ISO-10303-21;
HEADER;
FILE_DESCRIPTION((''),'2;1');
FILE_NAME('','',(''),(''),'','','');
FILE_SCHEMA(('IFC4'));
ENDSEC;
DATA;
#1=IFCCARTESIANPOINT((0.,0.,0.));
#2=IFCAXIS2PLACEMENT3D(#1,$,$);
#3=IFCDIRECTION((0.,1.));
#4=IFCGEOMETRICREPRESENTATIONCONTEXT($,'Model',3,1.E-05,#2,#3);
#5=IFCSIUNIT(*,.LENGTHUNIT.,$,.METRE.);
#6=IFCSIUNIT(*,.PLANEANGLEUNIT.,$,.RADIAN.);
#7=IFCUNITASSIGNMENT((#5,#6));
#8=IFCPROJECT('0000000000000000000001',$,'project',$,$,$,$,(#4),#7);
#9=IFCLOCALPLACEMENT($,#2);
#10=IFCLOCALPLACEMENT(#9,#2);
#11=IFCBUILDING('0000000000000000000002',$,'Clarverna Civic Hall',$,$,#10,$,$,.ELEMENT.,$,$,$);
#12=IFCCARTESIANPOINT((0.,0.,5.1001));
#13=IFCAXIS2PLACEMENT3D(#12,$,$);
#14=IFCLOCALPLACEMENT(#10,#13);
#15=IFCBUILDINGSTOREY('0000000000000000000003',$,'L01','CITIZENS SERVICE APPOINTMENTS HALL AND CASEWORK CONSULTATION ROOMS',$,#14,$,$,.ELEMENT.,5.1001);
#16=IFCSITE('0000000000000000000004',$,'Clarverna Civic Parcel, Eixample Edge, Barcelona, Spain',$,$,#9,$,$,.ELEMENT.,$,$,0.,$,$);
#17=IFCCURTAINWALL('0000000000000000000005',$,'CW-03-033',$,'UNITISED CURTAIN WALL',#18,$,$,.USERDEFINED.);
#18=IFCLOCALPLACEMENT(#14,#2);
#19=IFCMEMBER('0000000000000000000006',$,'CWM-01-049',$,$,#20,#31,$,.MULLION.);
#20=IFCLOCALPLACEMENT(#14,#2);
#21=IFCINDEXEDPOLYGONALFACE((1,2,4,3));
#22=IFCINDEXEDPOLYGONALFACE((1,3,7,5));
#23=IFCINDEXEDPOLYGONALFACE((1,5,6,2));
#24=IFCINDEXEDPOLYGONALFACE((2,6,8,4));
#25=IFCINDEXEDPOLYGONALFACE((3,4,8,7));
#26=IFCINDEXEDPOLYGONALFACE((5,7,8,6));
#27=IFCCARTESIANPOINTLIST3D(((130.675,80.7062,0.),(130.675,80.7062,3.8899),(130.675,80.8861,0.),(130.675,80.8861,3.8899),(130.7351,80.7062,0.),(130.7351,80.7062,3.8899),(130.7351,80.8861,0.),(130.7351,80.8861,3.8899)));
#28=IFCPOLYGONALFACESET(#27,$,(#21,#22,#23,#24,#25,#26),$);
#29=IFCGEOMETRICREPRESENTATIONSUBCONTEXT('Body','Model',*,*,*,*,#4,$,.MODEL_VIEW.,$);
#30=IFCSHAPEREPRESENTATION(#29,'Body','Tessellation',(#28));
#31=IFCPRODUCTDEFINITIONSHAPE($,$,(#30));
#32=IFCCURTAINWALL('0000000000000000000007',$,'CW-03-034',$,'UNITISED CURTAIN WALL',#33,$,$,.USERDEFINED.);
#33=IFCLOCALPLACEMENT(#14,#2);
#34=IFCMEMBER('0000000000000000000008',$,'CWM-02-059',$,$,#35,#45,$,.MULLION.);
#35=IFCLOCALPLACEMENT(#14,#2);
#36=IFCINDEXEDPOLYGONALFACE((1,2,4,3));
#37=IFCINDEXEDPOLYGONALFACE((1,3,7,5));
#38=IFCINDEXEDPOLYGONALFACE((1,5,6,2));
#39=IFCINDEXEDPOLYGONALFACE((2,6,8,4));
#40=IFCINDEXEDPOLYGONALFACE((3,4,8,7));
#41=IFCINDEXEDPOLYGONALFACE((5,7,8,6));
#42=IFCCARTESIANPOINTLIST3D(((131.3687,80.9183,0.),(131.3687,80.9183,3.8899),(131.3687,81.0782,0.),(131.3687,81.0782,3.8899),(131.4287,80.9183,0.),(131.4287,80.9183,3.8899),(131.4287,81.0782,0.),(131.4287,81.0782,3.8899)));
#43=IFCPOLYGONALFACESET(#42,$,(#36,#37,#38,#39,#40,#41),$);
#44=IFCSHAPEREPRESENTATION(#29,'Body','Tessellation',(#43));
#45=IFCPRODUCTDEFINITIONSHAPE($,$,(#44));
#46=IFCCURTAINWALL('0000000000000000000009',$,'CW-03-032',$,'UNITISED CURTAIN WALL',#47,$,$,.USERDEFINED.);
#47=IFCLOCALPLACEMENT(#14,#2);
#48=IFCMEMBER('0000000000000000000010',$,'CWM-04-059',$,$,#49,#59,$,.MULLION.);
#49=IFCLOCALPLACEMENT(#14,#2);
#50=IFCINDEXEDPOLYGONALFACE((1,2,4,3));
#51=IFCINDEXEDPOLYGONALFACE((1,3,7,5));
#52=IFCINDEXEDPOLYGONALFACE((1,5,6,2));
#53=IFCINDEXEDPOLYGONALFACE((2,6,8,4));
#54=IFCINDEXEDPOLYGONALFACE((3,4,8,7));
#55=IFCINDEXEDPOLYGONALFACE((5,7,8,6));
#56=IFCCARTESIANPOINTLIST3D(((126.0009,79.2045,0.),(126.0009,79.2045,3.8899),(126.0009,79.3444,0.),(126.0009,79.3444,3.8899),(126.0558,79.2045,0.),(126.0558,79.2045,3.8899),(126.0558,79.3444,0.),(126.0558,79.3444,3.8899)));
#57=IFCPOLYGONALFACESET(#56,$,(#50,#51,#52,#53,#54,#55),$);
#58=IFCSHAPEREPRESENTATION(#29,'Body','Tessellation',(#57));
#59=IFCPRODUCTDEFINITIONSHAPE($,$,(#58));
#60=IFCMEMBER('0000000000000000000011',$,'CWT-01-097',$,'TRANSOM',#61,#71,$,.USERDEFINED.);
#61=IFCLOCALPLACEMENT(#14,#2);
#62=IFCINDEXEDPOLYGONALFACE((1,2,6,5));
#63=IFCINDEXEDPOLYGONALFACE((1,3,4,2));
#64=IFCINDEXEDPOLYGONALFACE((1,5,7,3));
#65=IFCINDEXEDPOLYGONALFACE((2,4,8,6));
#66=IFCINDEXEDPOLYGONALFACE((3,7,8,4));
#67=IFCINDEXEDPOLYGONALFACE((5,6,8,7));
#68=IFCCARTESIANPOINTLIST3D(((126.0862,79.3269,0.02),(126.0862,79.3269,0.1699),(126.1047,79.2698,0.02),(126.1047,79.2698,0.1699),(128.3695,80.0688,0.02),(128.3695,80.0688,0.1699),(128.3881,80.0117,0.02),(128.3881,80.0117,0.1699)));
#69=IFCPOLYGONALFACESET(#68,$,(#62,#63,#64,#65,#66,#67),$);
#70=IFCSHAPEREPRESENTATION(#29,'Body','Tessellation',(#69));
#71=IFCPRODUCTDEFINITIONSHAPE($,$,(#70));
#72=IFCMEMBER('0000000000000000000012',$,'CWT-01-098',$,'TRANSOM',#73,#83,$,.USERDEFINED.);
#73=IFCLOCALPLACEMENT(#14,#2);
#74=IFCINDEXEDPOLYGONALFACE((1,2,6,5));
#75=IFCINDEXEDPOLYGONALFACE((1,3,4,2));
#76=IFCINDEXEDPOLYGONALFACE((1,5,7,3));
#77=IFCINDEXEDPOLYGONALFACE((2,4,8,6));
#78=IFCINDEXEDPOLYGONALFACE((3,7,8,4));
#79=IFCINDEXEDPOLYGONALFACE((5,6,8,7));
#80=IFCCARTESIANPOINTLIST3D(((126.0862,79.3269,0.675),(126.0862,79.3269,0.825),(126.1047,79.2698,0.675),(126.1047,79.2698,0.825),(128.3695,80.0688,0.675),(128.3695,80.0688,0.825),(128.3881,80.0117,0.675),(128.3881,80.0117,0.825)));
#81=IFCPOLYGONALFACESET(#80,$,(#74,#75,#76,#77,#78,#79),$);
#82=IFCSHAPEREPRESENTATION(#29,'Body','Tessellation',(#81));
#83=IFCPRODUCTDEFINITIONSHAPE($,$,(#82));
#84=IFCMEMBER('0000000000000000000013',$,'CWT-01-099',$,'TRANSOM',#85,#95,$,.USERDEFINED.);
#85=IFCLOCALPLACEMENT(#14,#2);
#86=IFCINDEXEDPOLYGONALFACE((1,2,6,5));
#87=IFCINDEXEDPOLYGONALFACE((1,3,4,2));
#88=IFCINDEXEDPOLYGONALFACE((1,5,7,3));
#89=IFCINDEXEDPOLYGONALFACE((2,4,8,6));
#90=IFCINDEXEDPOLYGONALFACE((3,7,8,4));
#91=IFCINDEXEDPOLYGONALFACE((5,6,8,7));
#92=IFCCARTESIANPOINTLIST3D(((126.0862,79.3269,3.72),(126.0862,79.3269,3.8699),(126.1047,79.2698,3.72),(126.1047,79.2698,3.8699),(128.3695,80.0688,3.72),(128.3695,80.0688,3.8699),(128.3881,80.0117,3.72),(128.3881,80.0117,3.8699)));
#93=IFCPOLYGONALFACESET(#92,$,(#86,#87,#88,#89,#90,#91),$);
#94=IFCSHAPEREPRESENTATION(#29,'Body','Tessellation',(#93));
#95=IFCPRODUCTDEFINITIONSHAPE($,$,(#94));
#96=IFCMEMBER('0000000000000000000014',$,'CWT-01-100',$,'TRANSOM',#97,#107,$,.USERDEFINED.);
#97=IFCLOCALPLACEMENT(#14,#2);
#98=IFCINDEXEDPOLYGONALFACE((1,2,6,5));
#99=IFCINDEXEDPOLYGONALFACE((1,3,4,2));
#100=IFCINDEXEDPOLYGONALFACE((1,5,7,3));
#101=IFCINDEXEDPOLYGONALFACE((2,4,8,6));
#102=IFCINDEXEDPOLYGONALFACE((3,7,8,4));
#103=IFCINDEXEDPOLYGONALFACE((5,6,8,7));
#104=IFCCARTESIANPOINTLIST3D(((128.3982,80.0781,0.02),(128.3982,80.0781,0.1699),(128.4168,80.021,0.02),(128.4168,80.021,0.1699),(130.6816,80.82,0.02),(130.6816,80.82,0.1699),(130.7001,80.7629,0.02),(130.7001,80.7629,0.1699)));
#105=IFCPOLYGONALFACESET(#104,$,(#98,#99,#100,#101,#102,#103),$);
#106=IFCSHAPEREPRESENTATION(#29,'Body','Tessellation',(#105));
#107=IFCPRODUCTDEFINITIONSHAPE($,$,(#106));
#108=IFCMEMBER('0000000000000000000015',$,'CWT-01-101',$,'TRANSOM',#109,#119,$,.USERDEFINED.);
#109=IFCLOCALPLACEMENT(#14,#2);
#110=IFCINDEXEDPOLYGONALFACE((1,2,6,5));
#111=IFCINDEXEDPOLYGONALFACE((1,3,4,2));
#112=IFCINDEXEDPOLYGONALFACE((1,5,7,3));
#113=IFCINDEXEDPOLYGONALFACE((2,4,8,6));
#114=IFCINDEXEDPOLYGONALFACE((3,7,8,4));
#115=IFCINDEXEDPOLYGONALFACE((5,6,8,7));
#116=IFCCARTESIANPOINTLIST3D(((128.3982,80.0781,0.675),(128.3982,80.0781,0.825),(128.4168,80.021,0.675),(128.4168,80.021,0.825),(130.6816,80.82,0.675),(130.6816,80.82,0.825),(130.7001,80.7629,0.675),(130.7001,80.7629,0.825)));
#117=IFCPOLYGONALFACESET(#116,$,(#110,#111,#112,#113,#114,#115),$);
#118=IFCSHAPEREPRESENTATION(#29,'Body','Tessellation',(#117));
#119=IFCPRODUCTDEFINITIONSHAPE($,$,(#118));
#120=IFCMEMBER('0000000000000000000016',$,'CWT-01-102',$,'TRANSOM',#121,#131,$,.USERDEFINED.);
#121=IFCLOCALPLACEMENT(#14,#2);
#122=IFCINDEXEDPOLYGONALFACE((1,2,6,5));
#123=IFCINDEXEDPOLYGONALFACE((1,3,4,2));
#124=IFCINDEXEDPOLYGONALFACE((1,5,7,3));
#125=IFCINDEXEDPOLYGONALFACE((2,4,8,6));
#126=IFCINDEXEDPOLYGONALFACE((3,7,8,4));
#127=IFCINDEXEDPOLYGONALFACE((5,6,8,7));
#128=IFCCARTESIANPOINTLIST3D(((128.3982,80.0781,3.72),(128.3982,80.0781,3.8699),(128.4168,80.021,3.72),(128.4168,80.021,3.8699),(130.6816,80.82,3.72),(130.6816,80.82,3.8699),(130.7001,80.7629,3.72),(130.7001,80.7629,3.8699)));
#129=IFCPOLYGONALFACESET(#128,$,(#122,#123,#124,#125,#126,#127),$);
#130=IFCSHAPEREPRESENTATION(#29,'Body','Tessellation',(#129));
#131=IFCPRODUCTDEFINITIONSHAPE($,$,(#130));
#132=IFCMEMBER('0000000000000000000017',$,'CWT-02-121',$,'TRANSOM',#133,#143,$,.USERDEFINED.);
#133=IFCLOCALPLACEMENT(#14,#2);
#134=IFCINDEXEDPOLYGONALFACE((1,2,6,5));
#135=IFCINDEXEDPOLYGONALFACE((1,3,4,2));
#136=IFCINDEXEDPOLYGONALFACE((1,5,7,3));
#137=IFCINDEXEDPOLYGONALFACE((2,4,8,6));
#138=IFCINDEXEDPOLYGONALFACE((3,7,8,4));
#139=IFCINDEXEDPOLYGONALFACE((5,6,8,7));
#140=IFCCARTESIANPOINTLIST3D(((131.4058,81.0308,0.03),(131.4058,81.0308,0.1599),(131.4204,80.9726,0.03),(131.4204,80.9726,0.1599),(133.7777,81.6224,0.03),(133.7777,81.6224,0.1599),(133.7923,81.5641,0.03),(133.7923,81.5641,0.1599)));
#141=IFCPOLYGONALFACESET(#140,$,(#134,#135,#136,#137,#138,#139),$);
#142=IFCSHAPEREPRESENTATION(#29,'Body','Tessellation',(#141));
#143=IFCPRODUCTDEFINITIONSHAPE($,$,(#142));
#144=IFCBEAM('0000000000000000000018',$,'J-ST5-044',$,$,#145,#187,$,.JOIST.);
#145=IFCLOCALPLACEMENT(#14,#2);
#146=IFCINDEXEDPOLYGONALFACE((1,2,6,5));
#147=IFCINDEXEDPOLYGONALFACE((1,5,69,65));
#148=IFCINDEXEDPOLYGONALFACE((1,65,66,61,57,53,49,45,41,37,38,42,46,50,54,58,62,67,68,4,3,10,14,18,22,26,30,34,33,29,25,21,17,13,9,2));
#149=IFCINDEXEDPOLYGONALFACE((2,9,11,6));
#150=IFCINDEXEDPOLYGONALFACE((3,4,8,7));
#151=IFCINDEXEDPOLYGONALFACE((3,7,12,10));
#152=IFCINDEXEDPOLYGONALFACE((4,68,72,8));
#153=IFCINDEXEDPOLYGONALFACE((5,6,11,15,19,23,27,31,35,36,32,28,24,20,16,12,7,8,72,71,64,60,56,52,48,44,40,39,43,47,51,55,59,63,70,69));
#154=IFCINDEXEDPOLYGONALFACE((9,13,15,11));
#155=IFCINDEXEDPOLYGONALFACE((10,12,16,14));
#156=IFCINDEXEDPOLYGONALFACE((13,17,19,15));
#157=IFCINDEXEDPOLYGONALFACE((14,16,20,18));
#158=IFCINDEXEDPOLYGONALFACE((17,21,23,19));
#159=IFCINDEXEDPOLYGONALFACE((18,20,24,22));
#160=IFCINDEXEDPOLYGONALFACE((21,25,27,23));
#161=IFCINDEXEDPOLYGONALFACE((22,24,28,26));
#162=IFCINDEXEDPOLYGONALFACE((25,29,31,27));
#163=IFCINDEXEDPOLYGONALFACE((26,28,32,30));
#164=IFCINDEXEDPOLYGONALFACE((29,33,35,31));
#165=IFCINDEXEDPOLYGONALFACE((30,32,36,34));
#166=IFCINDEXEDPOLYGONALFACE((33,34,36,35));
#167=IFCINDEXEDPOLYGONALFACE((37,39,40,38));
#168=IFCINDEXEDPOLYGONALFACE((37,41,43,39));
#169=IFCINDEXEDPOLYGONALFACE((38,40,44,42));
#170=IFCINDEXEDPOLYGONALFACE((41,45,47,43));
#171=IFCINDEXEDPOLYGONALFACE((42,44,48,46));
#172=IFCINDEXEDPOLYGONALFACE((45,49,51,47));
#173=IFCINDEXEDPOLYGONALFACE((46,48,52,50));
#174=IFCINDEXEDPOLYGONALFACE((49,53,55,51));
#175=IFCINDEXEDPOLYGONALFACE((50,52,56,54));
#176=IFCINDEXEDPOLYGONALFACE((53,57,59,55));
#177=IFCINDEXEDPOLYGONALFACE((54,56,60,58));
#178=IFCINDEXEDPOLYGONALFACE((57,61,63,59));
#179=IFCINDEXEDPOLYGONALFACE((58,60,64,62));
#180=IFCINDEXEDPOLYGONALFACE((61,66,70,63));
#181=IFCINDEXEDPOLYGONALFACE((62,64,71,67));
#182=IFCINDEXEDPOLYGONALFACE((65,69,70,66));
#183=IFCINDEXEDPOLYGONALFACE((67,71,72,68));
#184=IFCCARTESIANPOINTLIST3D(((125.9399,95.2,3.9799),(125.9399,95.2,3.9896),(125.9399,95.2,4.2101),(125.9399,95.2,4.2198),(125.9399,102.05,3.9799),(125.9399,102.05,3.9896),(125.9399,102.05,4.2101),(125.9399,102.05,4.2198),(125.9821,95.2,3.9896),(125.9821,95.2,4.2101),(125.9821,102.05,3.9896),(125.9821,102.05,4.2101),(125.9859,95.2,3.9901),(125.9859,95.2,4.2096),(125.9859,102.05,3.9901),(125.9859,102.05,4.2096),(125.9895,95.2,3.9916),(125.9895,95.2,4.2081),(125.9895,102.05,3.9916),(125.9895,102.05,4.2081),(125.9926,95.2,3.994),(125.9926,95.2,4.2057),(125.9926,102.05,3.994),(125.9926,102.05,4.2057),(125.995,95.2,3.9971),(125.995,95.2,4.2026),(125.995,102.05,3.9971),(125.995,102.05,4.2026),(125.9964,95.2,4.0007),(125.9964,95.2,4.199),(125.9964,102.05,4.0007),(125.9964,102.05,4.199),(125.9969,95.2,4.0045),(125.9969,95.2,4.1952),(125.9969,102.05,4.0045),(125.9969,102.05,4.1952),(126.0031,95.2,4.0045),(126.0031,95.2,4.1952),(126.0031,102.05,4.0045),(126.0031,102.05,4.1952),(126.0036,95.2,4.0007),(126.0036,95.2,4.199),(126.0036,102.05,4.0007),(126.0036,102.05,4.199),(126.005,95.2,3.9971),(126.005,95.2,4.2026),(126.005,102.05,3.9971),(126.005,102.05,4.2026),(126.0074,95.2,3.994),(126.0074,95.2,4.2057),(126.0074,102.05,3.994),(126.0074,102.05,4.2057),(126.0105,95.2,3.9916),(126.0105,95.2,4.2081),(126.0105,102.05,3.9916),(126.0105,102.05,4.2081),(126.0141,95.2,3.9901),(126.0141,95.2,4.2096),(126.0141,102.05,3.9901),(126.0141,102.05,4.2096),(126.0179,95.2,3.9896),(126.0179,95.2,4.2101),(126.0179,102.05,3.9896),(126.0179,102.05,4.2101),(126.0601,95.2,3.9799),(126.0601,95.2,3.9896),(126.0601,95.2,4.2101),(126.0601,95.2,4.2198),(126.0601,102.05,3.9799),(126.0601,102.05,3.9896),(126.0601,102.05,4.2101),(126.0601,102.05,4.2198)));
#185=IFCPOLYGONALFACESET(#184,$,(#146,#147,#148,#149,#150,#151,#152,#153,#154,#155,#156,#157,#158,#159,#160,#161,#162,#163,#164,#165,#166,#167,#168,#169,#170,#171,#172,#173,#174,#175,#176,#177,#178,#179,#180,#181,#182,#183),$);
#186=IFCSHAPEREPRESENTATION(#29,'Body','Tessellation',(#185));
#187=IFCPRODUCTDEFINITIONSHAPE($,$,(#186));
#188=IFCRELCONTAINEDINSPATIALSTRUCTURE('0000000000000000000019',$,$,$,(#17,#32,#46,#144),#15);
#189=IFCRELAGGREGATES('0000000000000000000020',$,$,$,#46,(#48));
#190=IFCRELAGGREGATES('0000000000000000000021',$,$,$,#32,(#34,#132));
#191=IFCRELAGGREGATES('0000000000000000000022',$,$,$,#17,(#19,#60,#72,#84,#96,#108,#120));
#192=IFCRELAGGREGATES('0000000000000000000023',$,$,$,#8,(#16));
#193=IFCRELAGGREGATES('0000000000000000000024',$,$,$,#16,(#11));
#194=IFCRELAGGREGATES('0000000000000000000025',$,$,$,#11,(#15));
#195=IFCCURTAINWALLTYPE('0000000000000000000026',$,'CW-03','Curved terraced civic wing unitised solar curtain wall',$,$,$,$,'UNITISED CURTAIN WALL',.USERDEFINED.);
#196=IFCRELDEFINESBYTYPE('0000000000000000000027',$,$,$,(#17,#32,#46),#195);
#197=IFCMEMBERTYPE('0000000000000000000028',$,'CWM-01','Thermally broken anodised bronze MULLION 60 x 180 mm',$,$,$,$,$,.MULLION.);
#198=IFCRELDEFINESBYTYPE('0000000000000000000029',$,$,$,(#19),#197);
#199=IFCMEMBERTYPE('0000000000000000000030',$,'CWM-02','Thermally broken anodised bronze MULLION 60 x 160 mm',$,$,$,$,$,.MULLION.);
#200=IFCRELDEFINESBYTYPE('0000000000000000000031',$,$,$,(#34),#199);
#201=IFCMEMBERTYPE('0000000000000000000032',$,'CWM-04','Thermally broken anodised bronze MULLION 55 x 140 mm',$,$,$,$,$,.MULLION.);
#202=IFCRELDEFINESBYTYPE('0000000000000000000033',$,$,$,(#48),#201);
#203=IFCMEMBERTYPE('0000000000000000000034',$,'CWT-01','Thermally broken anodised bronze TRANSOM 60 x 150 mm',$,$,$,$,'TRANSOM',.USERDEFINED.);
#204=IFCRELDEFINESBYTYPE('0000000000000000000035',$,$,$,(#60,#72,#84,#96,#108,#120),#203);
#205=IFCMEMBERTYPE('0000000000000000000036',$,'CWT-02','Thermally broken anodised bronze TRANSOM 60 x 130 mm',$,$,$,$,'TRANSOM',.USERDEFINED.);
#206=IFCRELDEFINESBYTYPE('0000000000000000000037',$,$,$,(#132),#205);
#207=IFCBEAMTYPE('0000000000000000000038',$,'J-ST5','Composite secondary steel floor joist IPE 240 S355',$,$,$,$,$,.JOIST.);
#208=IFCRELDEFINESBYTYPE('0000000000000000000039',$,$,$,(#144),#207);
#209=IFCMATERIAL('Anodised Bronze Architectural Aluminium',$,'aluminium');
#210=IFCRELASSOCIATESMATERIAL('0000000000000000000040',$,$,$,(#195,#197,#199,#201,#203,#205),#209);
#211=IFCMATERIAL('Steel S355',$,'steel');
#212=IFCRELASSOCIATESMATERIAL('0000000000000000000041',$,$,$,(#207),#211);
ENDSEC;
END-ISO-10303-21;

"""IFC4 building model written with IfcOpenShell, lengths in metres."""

from ifc_helpers import new_model, si_unit, direction, frame, origin, origin_2d, place, context, subcontext, project, spatial, rectangle, i_section, extrude, material, material_profile, profile_set, type_object, element, aggregate, save


model = new_model("IFC4")

# Units and contexts
model_context = context("Model", 3, precision=1e-05, world=origin(), true_north=direction((0.0, 1.0)))
body_context = subcontext(model_context, "Body", "Model", "MODEL_VIEW")
ifc_project = project(units=[si_unit("LENGTHUNIT", "METRE"), si_unit("PLANEANGLEUNIT", "RADIAN")], contexts=[model_context])

# Site, building, storey
site_placement = place(None, origin())
site = spatial("IfcSite", under=ifc_project, at=site_placement, Name="Clarverna Civic Parcel, Eixample Edge, Barcelona, Spain", CompositionType="ELEMENT", RefElevation=0.0)
building_placement = place(site_placement, origin())
building = spatial("IfcBuilding", under=site, at=building_placement, Name="Clarverna Civic Hall", CompositionType="ELEMENT")
storey_placement = place(building_placement, frame((0.0, 0.0, 5.1001)))
storey = spatial("IfcBuildingStorey", under=building, at=storey_placement, Name="L01", Description="CITIZENS SERVICE APPOINTMENTS HALL AND CASEWORK CONSULTATION ROOMS", CompositionType="ELEMENT", Elevation=5.1001)

# Shared definitions
ifc_material_1 = material(Name="Steel S355", Category="steel")

# Curtain wall, member
ifc_material_2 = material(Name="Anodised Bronze Architectural Aluminium", Category="aluminium")
curtain_wall_type = type_object("IfcCurtainWallType", Name="CW-03", Description="Curved terraced civic wing unitised solar curtain wall", ElementType="UNITISED CURTAIN WALL", PredefinedType="USERDEFINED", material=ifc_material_2)
curtain_wall_1_placement = place(storey_placement, origin())
curtain_wall_1 = element("IfcCurtainWall", 1, at=curtain_wall_1_placement, inside=storey, type_object=curtain_wall_type, Name="CW-03-033", ObjectType="UNITISED CURTAIN WALL", PredefinedType="USERDEFINED")
ifc_material_profile_1 = material_profile(ifc_material_2, rectangle(XDim=0.0601, YDim=0.1799, at=origin_2d()), Name="BRONZE 60x180")
ifc_profile_set_1 = profile_set([ifc_material_profile_1], Name="Anodised Bronze Architectural Aluminium")
member_type_1 = type_object("IfcMemberType", Name="CWM-01", Description="Thermally broken anodised bronze MULLION 60 x 180 mm", PredefinedType="MULLION", material=ifc_profile_set_1)
member_1_placement = place(storey_placement, frame((130.7051, 80.7961, 0.0), z_axis=(0.0, 0.0, 1.0), x_axis=(1.0, 0.0, 0.0)))
member_1 = element("IfcMember", 2, at=member_1_placement, type_object=member_type_1, Name="CWM-01-049", PredefinedType="MULLION", context=body_context, shape_type="SweptSolid", body=[
    extrude(rectangle(XDim=0.0601, YDim=0.1799, at=origin_2d()), origin(), (0.0, 0.0, 1.0), 3.8899),
])

# Curtain walls, members
curtain_wall_2_placement = place(storey_placement, origin())
curtain_wall_2 = element("IfcCurtainWall", 3, at=curtain_wall_2_placement, inside=storey, type_object=curtain_wall_type, Name="CW-03-034", ObjectType="UNITISED CURTAIN WALL", PredefinedType="USERDEFINED")
ifc_material_profile_2 = material_profile(ifc_material_2, rectangle(XDim=0.0601, YDim=0.1599, at=origin_2d()), Name="BRONZE 60x160")
ifc_profile_set_2 = profile_set([ifc_material_profile_2], Name="Anodised Bronze Architectural Aluminium")
member_type_2 = type_object("IfcMemberType", Name="CWM-02", Description="Thermally broken anodised bronze MULLION 60 x 160 mm", PredefinedType="MULLION", material=ifc_profile_set_2)
member_2_placement = place(storey_placement, frame((131.3987, 80.9983, 0.0), z_axis=(0.0, 0.0, 1.0), x_axis=(1.0, 0.0, 0.0)))
member_2 = element("IfcMember", 4, at=member_2_placement, type_object=member_type_2, Name="CWM-02-059", PredefinedType="MULLION", context=body_context, shape_type="SweptSolid", body=[
    extrude(rectangle(XDim=0.0601, YDim=0.1599, at=origin_2d()), origin(), (0.0, 0.0, 1.0), 3.8899),
])
curtain_wall_3_placement = place(storey_placement, origin())
curtain_wall_3 = element("IfcCurtainWall", 5, at=curtain_wall_3_placement, inside=storey, type_object=curtain_wall_type, Name="CW-03-032", ObjectType="UNITISED CURTAIN WALL", PredefinedType="USERDEFINED")
ifc_material_profile_3 = material_profile(ifc_material_2, rectangle(XDim=0.0549, YDim=0.1399, at=origin_2d()), Name="BRONZE 55x140")
ifc_profile_set_3 = profile_set([ifc_material_profile_3], Name="Anodised Bronze Architectural Aluminium")
member_type_3 = type_object("IfcMemberType", Name="CWM-04", Description="Thermally broken anodised bronze MULLION 55 x 140 mm", PredefinedType="MULLION", material=ifc_profile_set_3)
member_3_placement = place(storey_placement, frame((126.0283, 79.2744, 0.0), z_axis=(0.0, 0.0, 1.0), x_axis=(1.0, 0.0, 0.0)))
member_3 = element("IfcMember", 6, at=member_3_placement, type_object=member_type_3, Name="CWM-04-059", PredefinedType="MULLION", context=body_context, shape_type="SweptSolid", body=[
    extrude(rectangle(XDim=0.0549, YDim=0.1399, at=origin_2d()), origin(), (0.0, 0.0, 1.0), 3.8899),
])
aggregate(curtain_wall_3, [member_3])

# Members
ifc_material_profile_4 = material_profile(ifc_material_2, rectangle(XDim=0.0601, YDim=0.1499, at=origin_2d()), Name="BRONZE 60x150")
ifc_profile_set_4 = profile_set([ifc_material_profile_4], Name="Anodised Bronze Architectural Aluminium")
member_type_4 = type_object("IfcMemberType", Name="CWT-01", Description="Thermally broken anodised bronze TRANSOM 60 x 150 mm", ElementType="TRANSOM", PredefinedType="USERDEFINED", material=ifc_profile_set_4)
member_4_placement = place(storey_placement, frame((126.0955, 79.2983, 0.095), z_axis=(0.951056, 0.309019, 0.0), x_axis=(-0.309019, 0.951056, 0.0)))
member_4 = element("IfcMember", 7, at=member_4_placement, type_object=member_type_4, Name="CWT-01-097", ObjectType="TRANSOM", PredefinedType="USERDEFINED", context=body_context, shape_type="SweptSolid", body=[
    extrude(rectangle(XDim=0.0601, YDim=0.1499, at=origin_2d()), origin(), (0.0, 0.0, 1.0), 2.4009),
])
member_5_placement = place(storey_placement, frame((126.0955, 79.2983, 0.75), z_axis=(0.951056, 0.309019, 0.0), x_axis=(-0.309019, 0.951056, 0.0)))
member_5 = element("IfcMember", 8, at=member_5_placement, type_object=member_type_4, Name="CWT-01-098", ObjectType="TRANSOM", PredefinedType="USERDEFINED", context=body_context, shape_type="SweptSolid", body=[
    extrude(rectangle(XDim=0.0601, YDim=0.1499, at=origin_2d()), origin(), (0.0, 0.0, 1.0), 2.4009),
])
member_6_placement = place(storey_placement, frame((126.0955, 79.2983, 3.7949), z_axis=(0.951056, 0.309019, 0.0), x_axis=(-0.309019, 0.951056, 0.0)))
member_6 = element("IfcMember", 9, at=member_6_placement, type_object=member_type_4, Name="CWT-01-099", ObjectType="TRANSOM", PredefinedType="USERDEFINED", context=body_context, shape_type="SweptSolid", body=[
    extrude(rectangle(XDim=0.0601, YDim=0.1499, at=origin_2d()), origin(), (0.0, 0.0, 1.0), 2.4009),
])
member_7_placement = place(storey_placement, frame((128.4075, 80.0496, 0.095), z_axis=(0.951056, 0.309019, 0.0), x_axis=(-0.309019, 0.951056, 0.0)))
member_7 = element("IfcMember", 10, at=member_7_placement, type_object=member_type_4, Name="CWT-01-100", ObjectType="TRANSOM", PredefinedType="USERDEFINED", context=body_context, shape_type="SweptSolid", body=[
    extrude(rectangle(XDim=0.0601, YDim=0.1499, at=origin_2d()), origin(), (0.0, 0.0, 1.0), 2.4009),
])
member_8_placement = place(storey_placement, frame((128.4075, 80.0496, 0.75), z_axis=(0.951056, 0.309019, 0.0), x_axis=(-0.309019, 0.951056, 0.0)))
member_8 = element("IfcMember", 11, at=member_8_placement, type_object=member_type_4, Name="CWT-01-101", ObjectType="TRANSOM", PredefinedType="USERDEFINED", context=body_context, shape_type="SweptSolid", body=[
    extrude(rectangle(XDim=0.0601, YDim=0.1499, at=origin_2d()), origin(), (0.0, 0.0, 1.0), 2.4009),
])
member_9_placement = place(storey_placement, frame((128.4075, 80.0496, 3.7949), z_axis=(0.951056, 0.309019, 0.0), x_axis=(-0.309019, 0.951056, 0.0)))
member_9 = element("IfcMember", 12, at=member_9_placement, type_object=member_type_4, Name="CWT-01-102", ObjectType="TRANSOM", PredefinedType="USERDEFINED", context=body_context, shape_type="SweptSolid", body=[
    extrude(rectangle(XDim=0.0601, YDim=0.1499, at=origin_2d()), origin(), (0.0, 0.0, 1.0), 2.4009),
])
ifc_material_profile_5 = material_profile(ifc_material_2, rectangle(XDim=0.0601, YDim=0.1299, at=origin_2d()), Name="BRONZE 60x130")
ifc_profile_set_5 = profile_set([ifc_material_profile_5], Name="Anodised Bronze Architectural Aluminium")
member_type_5 = type_object("IfcMemberType", Name="CWT-02", Description="Thermally broken anodised bronze TRANSOM 60 x 130 mm", ElementType="TRANSOM", PredefinedType="USERDEFINED", material=ifc_profile_set_5)
member_10_placement = place(storey_placement, frame((131.4131, 81.0017, 0.095), z_axis=(0.970277, 0.241995, 0.0), x_axis=(-0.241995, 0.970277, 0.0)))
member_10 = element("IfcMember", 13, at=member_10_placement, type_object=member_type_5, Name="CWT-02-121", ObjectType="TRANSOM", PredefinedType="USERDEFINED", context=body_context, shape_type="SweptSolid", body=[
    extrude(rectangle(XDim=0.0601, YDim=0.1299, at=origin_2d()), origin(), (0.0, 0.0, 1.0), 2.4446),
])
aggregate(curtain_wall_2, [member_2, member_10])

# Beam
ifc_material_profile_6 = material_profile(ifc_material_1, i_section(OverallWidth=0.1201, OverallDepth=0.24, WebThickness=0.0061, FlangeThickness=0.0098, FilletRadius=0.0149, at=origin_2d()), Name="IPE 240")
ifc_profile_set_6 = profile_set([ifc_material_profile_6], Name="Steel S355")
beam_type_1 = type_object("IfcBeamType", Name="J-ST5", Description="Composite secondary steel floor joist IPE 240 S355", PredefinedType="JOIST", material=ifc_profile_set_6)
beam_1_placement = place(storey_placement, frame((126.0, 95.2, 4.0999), z_axis=(0.0, 1.0, 0.0), x_axis=(-1.0, 0.0, 0.0)))
element("IfcBeam", 14, at=beam_1_placement, inside=storey, type_object=beam_type_1, Name="J-ST5-044", PredefinedType="JOIST", context=body_context, shape_type="SweptSolid", body=[
    extrude(i_section(OverallWidth=0.1201, OverallDepth=0.24, WebThickness=0.0061, FlangeThickness=0.0098, FilletRadius=0.0149, at=origin_2d()), origin(), (0.0, 0.0, 1.0), 6.8501),
])

aggregate(curtain_wall_1, [member_1, member_4, member_5, member_6, member_7, member_8, member_9])

save(model, "model.ifc")
